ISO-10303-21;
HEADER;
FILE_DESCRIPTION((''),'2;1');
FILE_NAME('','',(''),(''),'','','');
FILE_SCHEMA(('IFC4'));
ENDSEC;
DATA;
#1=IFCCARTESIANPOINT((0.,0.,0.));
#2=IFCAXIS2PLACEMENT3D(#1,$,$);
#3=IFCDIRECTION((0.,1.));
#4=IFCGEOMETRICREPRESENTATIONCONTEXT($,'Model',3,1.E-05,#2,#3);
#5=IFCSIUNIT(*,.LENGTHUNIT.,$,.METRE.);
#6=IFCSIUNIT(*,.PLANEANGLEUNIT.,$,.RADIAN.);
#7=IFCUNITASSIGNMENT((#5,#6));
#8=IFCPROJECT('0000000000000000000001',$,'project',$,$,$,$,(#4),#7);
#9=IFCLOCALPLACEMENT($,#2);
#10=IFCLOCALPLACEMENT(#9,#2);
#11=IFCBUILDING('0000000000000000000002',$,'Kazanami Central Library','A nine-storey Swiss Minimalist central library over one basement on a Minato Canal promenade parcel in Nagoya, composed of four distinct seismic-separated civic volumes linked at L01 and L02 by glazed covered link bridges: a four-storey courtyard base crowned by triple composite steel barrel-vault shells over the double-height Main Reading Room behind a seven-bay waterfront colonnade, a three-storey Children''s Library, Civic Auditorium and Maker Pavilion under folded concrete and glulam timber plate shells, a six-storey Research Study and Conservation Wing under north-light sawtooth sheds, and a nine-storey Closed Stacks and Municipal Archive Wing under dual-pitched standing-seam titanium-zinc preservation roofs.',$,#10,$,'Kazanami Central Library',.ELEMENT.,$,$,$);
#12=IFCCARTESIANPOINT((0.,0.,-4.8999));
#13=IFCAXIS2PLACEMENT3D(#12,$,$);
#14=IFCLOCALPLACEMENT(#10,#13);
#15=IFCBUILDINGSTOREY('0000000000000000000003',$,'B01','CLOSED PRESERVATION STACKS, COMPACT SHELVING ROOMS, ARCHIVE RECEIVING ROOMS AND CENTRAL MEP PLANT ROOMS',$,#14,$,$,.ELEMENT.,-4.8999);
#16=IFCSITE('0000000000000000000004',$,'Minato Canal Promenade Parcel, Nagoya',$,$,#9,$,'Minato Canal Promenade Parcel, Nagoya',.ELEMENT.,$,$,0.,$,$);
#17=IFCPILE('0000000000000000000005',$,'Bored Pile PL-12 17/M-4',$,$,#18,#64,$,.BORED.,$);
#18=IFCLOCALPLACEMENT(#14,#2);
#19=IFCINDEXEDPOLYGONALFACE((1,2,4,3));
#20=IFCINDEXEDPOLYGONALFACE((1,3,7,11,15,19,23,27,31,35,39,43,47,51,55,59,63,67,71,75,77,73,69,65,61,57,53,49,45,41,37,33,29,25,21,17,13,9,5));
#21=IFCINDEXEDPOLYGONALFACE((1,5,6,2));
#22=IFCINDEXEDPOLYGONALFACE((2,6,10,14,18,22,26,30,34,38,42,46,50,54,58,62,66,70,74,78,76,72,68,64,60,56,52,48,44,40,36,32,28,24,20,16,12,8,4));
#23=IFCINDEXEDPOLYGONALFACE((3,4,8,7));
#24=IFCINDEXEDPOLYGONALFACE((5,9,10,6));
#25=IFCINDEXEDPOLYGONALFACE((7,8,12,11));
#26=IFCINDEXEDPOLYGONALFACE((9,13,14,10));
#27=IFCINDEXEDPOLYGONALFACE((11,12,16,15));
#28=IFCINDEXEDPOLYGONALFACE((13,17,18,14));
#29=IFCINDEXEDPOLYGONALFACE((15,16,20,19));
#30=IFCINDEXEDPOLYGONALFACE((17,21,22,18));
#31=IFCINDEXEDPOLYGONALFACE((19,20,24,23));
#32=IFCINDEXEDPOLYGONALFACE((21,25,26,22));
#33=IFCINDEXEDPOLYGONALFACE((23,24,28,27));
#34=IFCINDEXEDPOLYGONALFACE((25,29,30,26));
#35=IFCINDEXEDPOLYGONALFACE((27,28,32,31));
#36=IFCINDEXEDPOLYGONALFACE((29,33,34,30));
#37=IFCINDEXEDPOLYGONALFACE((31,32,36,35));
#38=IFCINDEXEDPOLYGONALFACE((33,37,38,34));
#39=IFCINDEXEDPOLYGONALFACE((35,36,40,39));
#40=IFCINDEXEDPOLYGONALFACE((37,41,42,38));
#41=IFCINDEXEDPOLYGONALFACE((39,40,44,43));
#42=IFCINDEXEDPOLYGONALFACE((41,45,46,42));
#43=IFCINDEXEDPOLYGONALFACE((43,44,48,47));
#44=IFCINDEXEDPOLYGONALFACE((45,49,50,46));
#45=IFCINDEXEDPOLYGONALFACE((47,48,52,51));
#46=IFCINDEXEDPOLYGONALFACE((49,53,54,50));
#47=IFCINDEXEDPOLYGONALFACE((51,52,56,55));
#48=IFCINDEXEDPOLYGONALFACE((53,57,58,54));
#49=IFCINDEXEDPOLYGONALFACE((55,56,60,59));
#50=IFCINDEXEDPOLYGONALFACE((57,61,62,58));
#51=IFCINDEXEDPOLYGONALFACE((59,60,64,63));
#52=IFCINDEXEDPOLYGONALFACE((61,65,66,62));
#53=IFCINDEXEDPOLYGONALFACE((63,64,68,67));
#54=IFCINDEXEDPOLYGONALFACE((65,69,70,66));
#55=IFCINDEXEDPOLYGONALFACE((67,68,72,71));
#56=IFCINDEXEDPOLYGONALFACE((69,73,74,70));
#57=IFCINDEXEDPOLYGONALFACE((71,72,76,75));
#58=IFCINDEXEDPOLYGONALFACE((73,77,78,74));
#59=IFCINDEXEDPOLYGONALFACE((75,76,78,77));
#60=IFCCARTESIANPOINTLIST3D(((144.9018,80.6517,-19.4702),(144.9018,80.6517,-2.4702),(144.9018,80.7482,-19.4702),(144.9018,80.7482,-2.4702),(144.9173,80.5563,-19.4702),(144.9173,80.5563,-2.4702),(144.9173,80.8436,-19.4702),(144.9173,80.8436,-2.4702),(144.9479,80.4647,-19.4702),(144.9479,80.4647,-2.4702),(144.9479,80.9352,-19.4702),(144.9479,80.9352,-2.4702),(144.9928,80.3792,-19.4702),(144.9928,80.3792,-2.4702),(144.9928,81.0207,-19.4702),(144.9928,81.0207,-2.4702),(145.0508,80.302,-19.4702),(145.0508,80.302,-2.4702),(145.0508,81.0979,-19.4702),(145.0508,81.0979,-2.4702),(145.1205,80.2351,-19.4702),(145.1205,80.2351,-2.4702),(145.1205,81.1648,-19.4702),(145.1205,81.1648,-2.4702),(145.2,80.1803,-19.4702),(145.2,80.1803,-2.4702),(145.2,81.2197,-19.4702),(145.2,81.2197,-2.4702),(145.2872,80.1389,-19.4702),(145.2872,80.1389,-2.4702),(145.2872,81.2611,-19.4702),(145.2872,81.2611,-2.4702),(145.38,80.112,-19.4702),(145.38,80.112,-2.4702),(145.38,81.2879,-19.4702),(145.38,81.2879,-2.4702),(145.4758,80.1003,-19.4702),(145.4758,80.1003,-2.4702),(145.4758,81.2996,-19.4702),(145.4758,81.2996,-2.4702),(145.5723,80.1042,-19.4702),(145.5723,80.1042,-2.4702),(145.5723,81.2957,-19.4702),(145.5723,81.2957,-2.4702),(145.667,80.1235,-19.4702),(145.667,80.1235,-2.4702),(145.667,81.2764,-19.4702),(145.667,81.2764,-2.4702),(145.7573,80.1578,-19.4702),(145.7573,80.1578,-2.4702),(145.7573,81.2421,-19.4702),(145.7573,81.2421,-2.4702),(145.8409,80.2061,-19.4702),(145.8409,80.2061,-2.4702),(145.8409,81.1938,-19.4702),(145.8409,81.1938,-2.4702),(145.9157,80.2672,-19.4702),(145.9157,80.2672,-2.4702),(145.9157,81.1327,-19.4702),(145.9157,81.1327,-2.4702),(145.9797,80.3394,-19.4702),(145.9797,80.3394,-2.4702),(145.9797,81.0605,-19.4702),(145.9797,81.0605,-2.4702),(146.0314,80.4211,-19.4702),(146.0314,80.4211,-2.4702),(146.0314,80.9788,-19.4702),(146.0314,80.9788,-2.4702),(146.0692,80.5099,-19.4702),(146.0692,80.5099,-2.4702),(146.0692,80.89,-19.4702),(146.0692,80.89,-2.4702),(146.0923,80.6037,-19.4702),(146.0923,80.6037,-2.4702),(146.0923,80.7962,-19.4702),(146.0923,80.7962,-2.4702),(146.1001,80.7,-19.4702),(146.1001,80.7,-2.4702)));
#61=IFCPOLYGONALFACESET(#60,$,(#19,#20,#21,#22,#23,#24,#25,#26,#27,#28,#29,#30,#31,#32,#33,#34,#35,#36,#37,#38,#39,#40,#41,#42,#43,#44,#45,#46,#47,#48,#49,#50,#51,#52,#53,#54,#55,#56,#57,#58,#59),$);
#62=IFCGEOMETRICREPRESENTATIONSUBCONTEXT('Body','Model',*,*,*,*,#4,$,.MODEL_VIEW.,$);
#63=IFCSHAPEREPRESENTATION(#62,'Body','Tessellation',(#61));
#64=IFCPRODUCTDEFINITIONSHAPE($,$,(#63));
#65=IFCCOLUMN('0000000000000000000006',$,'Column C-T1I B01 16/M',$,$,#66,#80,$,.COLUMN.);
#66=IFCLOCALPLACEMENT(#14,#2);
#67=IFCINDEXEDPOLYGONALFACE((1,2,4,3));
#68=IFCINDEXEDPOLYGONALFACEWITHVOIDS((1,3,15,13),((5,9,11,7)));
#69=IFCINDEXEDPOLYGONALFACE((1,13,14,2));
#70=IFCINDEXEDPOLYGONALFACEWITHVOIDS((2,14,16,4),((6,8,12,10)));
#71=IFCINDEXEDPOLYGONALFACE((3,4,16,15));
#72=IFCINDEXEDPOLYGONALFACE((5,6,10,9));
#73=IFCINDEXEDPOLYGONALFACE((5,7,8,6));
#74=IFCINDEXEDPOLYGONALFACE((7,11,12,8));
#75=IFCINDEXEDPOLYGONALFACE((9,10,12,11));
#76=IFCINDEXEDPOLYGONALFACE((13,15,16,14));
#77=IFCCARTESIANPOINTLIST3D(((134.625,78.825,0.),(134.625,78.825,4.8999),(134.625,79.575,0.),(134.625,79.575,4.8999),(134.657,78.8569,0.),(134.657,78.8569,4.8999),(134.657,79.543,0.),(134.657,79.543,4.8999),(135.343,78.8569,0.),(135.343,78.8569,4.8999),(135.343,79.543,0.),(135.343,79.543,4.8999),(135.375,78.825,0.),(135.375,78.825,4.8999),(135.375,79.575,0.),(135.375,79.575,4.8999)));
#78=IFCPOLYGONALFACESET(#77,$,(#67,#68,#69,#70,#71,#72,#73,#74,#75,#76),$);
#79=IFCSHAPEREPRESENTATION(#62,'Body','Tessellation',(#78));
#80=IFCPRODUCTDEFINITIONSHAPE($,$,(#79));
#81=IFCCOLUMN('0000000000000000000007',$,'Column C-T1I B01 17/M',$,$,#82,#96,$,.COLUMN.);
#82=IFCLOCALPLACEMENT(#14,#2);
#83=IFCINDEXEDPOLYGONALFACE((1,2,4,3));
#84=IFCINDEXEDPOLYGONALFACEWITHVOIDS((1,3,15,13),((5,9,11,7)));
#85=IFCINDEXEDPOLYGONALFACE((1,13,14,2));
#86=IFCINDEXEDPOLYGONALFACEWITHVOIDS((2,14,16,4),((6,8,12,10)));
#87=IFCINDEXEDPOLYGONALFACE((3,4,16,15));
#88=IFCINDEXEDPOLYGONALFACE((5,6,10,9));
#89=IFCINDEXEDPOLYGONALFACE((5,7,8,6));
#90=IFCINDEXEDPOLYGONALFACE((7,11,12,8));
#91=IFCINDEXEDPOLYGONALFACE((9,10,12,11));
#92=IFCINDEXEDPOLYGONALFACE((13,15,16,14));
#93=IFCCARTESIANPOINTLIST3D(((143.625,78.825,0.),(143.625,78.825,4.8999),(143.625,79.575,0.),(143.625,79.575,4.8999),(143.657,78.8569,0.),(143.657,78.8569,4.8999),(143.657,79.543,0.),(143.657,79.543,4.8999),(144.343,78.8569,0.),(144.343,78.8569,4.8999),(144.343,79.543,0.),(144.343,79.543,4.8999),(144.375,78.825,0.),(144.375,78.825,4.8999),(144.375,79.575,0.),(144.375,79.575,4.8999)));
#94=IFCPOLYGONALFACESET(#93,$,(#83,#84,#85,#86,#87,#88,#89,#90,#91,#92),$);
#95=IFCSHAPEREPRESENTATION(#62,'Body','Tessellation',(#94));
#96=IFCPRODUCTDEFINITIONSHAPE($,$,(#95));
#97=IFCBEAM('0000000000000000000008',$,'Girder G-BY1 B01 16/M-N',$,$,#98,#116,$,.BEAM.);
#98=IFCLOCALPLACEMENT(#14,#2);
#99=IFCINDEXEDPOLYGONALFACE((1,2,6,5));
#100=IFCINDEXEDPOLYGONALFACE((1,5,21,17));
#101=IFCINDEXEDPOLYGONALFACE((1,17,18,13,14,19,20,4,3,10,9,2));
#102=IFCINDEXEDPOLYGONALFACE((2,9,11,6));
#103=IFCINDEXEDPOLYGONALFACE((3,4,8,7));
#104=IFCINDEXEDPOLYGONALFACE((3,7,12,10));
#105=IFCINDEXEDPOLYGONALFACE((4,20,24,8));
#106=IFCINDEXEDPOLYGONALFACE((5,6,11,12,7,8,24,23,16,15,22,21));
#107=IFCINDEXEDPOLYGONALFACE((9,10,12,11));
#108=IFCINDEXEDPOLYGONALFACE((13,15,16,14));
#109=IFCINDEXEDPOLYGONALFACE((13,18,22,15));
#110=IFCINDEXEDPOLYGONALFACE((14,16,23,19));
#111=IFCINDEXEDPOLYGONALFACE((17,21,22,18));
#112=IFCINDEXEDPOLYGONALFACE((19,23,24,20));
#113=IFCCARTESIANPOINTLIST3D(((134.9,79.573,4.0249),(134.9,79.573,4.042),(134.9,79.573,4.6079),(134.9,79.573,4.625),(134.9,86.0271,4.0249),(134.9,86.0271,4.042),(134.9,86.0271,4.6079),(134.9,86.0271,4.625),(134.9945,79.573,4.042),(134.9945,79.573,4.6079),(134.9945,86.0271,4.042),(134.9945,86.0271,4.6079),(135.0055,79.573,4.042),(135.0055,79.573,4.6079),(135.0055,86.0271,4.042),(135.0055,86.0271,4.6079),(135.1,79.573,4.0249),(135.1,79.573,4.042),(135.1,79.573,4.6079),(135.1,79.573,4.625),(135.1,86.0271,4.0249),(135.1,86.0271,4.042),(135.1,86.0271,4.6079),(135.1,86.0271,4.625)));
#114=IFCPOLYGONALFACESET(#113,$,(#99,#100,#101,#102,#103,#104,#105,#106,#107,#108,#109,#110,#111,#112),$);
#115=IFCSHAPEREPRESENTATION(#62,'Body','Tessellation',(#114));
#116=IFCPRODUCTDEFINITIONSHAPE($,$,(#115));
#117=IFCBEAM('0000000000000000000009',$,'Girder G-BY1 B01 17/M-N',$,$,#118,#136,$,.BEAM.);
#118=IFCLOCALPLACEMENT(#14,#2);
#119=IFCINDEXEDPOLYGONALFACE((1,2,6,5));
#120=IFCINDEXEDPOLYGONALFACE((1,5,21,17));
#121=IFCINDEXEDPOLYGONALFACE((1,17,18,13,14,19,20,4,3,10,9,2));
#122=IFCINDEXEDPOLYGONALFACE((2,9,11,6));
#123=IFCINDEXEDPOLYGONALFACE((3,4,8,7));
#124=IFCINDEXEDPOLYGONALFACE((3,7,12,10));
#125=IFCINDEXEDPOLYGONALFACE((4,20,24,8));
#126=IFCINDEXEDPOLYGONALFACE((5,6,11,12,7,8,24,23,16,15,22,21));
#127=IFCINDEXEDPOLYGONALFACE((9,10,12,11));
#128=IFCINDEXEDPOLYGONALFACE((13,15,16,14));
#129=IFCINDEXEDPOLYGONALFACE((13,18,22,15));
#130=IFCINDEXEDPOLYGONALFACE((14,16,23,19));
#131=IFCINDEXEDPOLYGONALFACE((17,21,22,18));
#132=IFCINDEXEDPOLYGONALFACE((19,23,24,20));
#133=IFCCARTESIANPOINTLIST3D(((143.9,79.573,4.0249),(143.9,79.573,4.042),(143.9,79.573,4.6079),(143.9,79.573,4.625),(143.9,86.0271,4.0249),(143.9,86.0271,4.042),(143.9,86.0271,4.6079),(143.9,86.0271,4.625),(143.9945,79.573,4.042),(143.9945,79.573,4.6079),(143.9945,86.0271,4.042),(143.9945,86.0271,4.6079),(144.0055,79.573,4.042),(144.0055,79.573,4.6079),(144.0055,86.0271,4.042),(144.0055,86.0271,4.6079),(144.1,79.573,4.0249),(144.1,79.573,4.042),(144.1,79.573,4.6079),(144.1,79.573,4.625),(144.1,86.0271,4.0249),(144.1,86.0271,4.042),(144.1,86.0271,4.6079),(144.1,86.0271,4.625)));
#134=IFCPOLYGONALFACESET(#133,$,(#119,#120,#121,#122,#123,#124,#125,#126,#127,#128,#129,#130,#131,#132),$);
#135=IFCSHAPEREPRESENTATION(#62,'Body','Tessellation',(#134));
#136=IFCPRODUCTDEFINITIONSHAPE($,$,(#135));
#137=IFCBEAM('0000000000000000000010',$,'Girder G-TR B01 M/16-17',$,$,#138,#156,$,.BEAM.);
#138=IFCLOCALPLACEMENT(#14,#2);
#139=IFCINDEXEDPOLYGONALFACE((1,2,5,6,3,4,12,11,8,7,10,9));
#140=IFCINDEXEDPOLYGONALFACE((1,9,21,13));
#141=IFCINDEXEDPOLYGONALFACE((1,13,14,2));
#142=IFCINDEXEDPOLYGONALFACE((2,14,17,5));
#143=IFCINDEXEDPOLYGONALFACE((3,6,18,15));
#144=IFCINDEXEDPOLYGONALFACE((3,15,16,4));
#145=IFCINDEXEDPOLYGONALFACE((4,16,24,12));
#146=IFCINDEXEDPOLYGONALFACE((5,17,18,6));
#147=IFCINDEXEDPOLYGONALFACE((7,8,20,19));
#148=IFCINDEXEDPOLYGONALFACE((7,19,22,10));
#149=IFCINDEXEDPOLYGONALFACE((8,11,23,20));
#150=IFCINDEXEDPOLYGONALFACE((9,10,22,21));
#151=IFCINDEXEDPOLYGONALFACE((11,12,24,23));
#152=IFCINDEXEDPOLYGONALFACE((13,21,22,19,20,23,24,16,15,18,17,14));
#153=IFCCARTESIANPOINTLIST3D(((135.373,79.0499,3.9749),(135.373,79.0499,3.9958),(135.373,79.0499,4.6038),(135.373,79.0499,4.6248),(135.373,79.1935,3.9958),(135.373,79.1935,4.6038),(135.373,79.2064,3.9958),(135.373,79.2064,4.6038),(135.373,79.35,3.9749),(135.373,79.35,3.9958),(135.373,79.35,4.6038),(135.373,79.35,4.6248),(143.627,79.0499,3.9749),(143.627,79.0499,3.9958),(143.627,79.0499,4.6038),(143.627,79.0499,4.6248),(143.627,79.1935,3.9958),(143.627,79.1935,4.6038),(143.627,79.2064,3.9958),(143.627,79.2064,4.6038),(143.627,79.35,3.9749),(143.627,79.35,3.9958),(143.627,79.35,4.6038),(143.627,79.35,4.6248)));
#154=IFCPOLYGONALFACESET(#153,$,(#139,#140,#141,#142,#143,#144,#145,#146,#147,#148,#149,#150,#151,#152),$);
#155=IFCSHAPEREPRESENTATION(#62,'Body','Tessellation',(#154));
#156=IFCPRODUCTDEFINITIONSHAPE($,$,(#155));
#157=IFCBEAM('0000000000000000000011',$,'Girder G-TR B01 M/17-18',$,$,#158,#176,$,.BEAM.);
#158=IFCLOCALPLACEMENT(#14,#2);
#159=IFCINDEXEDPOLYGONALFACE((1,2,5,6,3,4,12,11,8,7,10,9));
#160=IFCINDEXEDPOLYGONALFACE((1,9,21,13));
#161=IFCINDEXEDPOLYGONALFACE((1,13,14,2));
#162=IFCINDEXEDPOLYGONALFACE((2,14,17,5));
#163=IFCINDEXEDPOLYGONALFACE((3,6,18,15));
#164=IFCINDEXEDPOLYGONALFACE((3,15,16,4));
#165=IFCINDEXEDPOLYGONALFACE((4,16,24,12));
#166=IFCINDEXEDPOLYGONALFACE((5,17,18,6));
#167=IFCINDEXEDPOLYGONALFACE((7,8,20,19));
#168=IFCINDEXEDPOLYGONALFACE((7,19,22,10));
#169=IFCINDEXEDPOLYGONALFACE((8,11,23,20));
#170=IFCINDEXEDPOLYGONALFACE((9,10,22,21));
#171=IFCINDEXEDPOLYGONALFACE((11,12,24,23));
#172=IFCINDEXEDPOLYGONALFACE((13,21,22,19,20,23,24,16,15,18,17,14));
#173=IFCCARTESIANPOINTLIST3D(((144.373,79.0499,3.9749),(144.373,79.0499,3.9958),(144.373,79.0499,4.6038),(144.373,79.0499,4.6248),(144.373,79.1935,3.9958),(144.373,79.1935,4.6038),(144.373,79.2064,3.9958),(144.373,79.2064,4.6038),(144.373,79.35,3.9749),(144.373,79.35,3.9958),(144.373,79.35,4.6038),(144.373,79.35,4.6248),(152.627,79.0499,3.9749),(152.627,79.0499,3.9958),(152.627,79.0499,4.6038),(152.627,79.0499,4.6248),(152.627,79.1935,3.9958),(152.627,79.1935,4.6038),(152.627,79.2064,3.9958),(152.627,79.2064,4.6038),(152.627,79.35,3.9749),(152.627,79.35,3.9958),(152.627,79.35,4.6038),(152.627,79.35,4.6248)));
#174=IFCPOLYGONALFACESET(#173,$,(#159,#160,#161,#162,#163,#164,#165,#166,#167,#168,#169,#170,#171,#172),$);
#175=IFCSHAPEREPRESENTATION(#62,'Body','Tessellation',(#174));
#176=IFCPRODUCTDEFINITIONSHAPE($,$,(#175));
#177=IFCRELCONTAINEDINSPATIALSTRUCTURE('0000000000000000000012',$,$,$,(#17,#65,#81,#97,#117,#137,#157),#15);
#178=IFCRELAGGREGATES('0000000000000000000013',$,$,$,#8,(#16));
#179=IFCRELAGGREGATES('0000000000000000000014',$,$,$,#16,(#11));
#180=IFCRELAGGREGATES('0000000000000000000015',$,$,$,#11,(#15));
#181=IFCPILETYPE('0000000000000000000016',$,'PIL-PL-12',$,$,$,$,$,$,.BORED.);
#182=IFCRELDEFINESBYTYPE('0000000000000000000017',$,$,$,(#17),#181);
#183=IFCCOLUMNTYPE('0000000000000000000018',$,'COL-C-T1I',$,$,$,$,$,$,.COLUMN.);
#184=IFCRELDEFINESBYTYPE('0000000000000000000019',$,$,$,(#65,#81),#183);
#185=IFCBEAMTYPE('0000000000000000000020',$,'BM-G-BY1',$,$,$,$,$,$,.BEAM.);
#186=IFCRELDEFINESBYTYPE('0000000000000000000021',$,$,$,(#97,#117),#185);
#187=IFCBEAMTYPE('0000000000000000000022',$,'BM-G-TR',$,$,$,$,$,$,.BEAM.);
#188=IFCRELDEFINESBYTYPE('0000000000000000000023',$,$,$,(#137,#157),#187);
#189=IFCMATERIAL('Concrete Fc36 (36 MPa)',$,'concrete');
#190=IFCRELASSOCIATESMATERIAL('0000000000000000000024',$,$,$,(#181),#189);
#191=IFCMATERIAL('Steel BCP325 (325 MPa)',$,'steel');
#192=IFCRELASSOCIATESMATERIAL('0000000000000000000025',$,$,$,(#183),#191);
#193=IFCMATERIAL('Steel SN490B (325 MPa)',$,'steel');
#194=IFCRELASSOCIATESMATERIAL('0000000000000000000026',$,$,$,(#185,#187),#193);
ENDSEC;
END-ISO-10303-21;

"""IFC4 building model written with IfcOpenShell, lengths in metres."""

from ifc_helpers import new_model, si_unit, direction, frame, origin, origin_2d, place, context, subcontext, project, spatial, hollow_rectangle, circle, i_section, extrude, material, material_profile, profile_set, type_object, element, save


model = new_model("IFC4")

# Units and contexts
model_context = context("Model", 3, precision=1e-05, world=origin(), true_north=direction((0.0, 1.0)))
body_context = subcontext(model_context, "Body", "Model", "MODEL_VIEW")
ifc_project = project(units=[si_unit("LENGTHUNIT", "METRE"), si_unit("PLANEANGLEUNIT", "RADIAN")], contexts=[model_context])

# Site, building, storey
site_placement = place(None, origin())
site = spatial("IfcSite", under=ifc_project, at=site_placement, Name="Minato Canal Promenade Parcel, Nagoya", LongName="Minato Canal Promenade Parcel, Nagoya", CompositionType="ELEMENT", RefElevation=0.0)
building_placement = place(site_placement, origin())
building = spatial("IfcBuilding", under=site, at=building_placement, Name="Kazanami Central Library", Description="A nine-storey Swiss Minimalist central library over one basement on a Minato Canal promenade parcel in Nagoya, composed of four distinct seismic-separated civic volumes linked at L01 and L02 by glazed covered link bridges: a four-storey courtyard base crowned by triple composite steel barrel-vault shells over the double-height Main Reading Room behind a seven-bay waterfront colonnade, a three-storey Children's Library, Civic Auditorium and Maker Pavilion under folded concrete and glulam timber plate shells, a six-storey Research Study and Conservation Wing under north-light sawtooth sheds, and a nine-storey Closed Stacks and Municipal Archive Wing under dual-pitched standing-seam titanium-zinc preservation roofs.", LongName="Kazanami Central Library", CompositionType="ELEMENT")
storey_placement = place(building_placement, frame((0.0, 0.0, -4.8999)))
storey = spatial("IfcBuildingStorey", under=building, at=storey_placement, Name="B01", Description="CLOSED PRESERVATION STACKS, COMPACT SHELVING ROOMS, ARCHIVE RECEIVING ROOMS AND CENTRAL MEP PLANT ROOMS", CompositionType="ELEMENT", Elevation=-4.8999)

# Shared definitions
ifc_material_1 = material(Name="Concrete Fc36 (36 MPa)", Category="concrete")

# Pile
ifc_material_profile_1 = material_profile(ifc_material_1, circle(Radius=0.6001, at=origin_2d()), Name="BORED-D1200")
ifc_profile_set_1 = profile_set([ifc_material_profile_1], Name="Concrete Fc36 (36 MPa)")
pile_type = type_object("IfcPileType", Name="PIL-PL-12", PredefinedType="BORED", material=ifc_profile_set_1)
for number, where, z_axis, x_axis, name in (
    (1, (145.5, 80.7, -2.4702), (0.0, 0.0, -1.0), (1.0, 0.0, 0.0), "Bored Pile PL-12 17/M-4"),
):
    element("IfcPile", number, at=place(storey_placement, frame(where, z_axis=z_axis, x_axis=x_axis)), inside=storey, type_object=pile_type, Name=name, PredefinedType="BORED", context=body_context, shape_type="SweptSolid", body=[
        extrude(circle(Radius=0.6001, at=origin_2d()), origin(), (0.0, 0.0, 1.0), 17.0),
    ])

# Columns
ifc_material_2 = material(Name="Steel BCP325 (325 MPa)", Category="steel")
ifc_material_profile_2 = material_profile(ifc_material_2, hollow_rectangle(XDim=0.75, YDim=0.75, WallThickness=0.032, at=origin_2d()), Name="BCP-750x750x32")
ifc_profile_set_2 = profile_set([ifc_material_profile_2], Name="Steel BCP325 (325 MPa)")
column_type = type_object("IfcColumnType", Name="COL-C-T1I", PredefinedType="COLUMN", material=ifc_profile_set_2)
for number, where, z_axis, x_axis, name in (
    (2, (135.0, 79.2, 0.0), (0.0, 0.0, 1.0), (1.0, 0.0, 0.0), "Column C-T1I B01 16/M"),
    (3, (144.0, 79.2, 0.0), (0.0, 0.0, 1.0), (1.0, 0.0, 0.0), "Column C-T1I B01 17/M"),
):
    element("IfcColumn", number, at=place(storey_placement, frame(where, z_axis=z_axis, x_axis=x_axis)), inside=storey, type_object=column_type, Name=name, PredefinedType="COLUMN", context=body_context, shape_type="SweptSolid", body=[
        extrude(hollow_rectangle(XDim=0.75, YDim=0.75, WallThickness=0.032, at=origin_2d()), origin(), (0.0, 0.0, 1.0), 4.8999),
    ])

# Beams
ifc_material_3 = material(Name="Steel SN490B (325 MPa)", Category="steel")
ifc_material_profile_3 = material_profile(ifc_material_3, i_section(OverallWidth=0.2, OverallDepth=0.6001, WebThickness=0.011, FlangeThickness=0.0171, at=origin_2d()), Name="H-600x200x11x17")
ifc_profile_set_3 = profile_set([ifc_material_profile_3], Name="Steel SN490B (325 MPa)")
beam_type_1 = type_object("IfcBeamType", Name="BM-G-BY1", PredefinedType="BEAM", material=ifc_profile_set_3)
for number, where, z_axis, x_axis, name in (
    (4, (135.0, 79.573, 4.325), (0.0, 1.0, 0.0), (-1.0, 0.0, 0.0), "Girder G-BY1 B01 16/M-N"),
    (5, (144.0, 79.573, 4.325), (0.0, 1.0, 0.0), (-1.0, 0.0, 0.0), "Girder G-BY1 B01 17/M-N"),
):
    element("IfcBeam", number, at=place(storey_placement, frame(where, z_axis=z_axis, x_axis=x_axis)), inside=storey, type_object=beam_type_1, Name=name, PredefinedType="BEAM", context=body_context, shape_type="SweptSolid", body=[
        extrude(i_section(OverallWidth=0.2, OverallDepth=0.6001, WebThickness=0.011, FlangeThickness=0.0171, at=origin_2d()), origin(), (0.0, 0.0, 1.0), 6.4541),
    ])
ifc_material_profile_4 = material_profile(ifc_material_3, i_section(OverallWidth=0.3, OverallDepth=0.6499, WebThickness=0.0129, FlangeThickness=0.021, at=origin_2d()), Name="H-650x300x13x21")
ifc_profile_set_4 = profile_set([ifc_material_profile_4], Name="Steel SN490B (325 MPa)")
beam_type_2 = type_object("IfcBeamType", Name="BM-G-TR", PredefinedType="BEAM", material=ifc_profile_set_4)
for number, where, z_axis, x_axis, name in (
    (6, (135.373, 79.2, 4.2998), (1.0, 0.0, 0.0), (0.0, 1.0, 0.0), "Girder G-TR B01 M/16-17"),
    (7, (144.373, 79.2, 4.2998), (1.0, 0.0, 0.0), (0.0, 1.0, 0.0), "Girder G-TR B01 M/17-18"),
):
    element("IfcBeam", number, at=place(storey_placement, frame(where, z_axis=z_axis, x_axis=x_axis)), inside=storey, type_object=beam_type_2, Name=name, PredefinedType="BEAM", context=body_context, shape_type="SweptSolid", body=[
        extrude(i_section(OverallWidth=0.3, OverallDepth=0.6499, WebThickness=0.0129, FlangeThickness=0.021, at=origin_2d()), origin(), (0.0, 0.0, 1.0), 8.2539),
    ])

save(model, "model.ifc")
